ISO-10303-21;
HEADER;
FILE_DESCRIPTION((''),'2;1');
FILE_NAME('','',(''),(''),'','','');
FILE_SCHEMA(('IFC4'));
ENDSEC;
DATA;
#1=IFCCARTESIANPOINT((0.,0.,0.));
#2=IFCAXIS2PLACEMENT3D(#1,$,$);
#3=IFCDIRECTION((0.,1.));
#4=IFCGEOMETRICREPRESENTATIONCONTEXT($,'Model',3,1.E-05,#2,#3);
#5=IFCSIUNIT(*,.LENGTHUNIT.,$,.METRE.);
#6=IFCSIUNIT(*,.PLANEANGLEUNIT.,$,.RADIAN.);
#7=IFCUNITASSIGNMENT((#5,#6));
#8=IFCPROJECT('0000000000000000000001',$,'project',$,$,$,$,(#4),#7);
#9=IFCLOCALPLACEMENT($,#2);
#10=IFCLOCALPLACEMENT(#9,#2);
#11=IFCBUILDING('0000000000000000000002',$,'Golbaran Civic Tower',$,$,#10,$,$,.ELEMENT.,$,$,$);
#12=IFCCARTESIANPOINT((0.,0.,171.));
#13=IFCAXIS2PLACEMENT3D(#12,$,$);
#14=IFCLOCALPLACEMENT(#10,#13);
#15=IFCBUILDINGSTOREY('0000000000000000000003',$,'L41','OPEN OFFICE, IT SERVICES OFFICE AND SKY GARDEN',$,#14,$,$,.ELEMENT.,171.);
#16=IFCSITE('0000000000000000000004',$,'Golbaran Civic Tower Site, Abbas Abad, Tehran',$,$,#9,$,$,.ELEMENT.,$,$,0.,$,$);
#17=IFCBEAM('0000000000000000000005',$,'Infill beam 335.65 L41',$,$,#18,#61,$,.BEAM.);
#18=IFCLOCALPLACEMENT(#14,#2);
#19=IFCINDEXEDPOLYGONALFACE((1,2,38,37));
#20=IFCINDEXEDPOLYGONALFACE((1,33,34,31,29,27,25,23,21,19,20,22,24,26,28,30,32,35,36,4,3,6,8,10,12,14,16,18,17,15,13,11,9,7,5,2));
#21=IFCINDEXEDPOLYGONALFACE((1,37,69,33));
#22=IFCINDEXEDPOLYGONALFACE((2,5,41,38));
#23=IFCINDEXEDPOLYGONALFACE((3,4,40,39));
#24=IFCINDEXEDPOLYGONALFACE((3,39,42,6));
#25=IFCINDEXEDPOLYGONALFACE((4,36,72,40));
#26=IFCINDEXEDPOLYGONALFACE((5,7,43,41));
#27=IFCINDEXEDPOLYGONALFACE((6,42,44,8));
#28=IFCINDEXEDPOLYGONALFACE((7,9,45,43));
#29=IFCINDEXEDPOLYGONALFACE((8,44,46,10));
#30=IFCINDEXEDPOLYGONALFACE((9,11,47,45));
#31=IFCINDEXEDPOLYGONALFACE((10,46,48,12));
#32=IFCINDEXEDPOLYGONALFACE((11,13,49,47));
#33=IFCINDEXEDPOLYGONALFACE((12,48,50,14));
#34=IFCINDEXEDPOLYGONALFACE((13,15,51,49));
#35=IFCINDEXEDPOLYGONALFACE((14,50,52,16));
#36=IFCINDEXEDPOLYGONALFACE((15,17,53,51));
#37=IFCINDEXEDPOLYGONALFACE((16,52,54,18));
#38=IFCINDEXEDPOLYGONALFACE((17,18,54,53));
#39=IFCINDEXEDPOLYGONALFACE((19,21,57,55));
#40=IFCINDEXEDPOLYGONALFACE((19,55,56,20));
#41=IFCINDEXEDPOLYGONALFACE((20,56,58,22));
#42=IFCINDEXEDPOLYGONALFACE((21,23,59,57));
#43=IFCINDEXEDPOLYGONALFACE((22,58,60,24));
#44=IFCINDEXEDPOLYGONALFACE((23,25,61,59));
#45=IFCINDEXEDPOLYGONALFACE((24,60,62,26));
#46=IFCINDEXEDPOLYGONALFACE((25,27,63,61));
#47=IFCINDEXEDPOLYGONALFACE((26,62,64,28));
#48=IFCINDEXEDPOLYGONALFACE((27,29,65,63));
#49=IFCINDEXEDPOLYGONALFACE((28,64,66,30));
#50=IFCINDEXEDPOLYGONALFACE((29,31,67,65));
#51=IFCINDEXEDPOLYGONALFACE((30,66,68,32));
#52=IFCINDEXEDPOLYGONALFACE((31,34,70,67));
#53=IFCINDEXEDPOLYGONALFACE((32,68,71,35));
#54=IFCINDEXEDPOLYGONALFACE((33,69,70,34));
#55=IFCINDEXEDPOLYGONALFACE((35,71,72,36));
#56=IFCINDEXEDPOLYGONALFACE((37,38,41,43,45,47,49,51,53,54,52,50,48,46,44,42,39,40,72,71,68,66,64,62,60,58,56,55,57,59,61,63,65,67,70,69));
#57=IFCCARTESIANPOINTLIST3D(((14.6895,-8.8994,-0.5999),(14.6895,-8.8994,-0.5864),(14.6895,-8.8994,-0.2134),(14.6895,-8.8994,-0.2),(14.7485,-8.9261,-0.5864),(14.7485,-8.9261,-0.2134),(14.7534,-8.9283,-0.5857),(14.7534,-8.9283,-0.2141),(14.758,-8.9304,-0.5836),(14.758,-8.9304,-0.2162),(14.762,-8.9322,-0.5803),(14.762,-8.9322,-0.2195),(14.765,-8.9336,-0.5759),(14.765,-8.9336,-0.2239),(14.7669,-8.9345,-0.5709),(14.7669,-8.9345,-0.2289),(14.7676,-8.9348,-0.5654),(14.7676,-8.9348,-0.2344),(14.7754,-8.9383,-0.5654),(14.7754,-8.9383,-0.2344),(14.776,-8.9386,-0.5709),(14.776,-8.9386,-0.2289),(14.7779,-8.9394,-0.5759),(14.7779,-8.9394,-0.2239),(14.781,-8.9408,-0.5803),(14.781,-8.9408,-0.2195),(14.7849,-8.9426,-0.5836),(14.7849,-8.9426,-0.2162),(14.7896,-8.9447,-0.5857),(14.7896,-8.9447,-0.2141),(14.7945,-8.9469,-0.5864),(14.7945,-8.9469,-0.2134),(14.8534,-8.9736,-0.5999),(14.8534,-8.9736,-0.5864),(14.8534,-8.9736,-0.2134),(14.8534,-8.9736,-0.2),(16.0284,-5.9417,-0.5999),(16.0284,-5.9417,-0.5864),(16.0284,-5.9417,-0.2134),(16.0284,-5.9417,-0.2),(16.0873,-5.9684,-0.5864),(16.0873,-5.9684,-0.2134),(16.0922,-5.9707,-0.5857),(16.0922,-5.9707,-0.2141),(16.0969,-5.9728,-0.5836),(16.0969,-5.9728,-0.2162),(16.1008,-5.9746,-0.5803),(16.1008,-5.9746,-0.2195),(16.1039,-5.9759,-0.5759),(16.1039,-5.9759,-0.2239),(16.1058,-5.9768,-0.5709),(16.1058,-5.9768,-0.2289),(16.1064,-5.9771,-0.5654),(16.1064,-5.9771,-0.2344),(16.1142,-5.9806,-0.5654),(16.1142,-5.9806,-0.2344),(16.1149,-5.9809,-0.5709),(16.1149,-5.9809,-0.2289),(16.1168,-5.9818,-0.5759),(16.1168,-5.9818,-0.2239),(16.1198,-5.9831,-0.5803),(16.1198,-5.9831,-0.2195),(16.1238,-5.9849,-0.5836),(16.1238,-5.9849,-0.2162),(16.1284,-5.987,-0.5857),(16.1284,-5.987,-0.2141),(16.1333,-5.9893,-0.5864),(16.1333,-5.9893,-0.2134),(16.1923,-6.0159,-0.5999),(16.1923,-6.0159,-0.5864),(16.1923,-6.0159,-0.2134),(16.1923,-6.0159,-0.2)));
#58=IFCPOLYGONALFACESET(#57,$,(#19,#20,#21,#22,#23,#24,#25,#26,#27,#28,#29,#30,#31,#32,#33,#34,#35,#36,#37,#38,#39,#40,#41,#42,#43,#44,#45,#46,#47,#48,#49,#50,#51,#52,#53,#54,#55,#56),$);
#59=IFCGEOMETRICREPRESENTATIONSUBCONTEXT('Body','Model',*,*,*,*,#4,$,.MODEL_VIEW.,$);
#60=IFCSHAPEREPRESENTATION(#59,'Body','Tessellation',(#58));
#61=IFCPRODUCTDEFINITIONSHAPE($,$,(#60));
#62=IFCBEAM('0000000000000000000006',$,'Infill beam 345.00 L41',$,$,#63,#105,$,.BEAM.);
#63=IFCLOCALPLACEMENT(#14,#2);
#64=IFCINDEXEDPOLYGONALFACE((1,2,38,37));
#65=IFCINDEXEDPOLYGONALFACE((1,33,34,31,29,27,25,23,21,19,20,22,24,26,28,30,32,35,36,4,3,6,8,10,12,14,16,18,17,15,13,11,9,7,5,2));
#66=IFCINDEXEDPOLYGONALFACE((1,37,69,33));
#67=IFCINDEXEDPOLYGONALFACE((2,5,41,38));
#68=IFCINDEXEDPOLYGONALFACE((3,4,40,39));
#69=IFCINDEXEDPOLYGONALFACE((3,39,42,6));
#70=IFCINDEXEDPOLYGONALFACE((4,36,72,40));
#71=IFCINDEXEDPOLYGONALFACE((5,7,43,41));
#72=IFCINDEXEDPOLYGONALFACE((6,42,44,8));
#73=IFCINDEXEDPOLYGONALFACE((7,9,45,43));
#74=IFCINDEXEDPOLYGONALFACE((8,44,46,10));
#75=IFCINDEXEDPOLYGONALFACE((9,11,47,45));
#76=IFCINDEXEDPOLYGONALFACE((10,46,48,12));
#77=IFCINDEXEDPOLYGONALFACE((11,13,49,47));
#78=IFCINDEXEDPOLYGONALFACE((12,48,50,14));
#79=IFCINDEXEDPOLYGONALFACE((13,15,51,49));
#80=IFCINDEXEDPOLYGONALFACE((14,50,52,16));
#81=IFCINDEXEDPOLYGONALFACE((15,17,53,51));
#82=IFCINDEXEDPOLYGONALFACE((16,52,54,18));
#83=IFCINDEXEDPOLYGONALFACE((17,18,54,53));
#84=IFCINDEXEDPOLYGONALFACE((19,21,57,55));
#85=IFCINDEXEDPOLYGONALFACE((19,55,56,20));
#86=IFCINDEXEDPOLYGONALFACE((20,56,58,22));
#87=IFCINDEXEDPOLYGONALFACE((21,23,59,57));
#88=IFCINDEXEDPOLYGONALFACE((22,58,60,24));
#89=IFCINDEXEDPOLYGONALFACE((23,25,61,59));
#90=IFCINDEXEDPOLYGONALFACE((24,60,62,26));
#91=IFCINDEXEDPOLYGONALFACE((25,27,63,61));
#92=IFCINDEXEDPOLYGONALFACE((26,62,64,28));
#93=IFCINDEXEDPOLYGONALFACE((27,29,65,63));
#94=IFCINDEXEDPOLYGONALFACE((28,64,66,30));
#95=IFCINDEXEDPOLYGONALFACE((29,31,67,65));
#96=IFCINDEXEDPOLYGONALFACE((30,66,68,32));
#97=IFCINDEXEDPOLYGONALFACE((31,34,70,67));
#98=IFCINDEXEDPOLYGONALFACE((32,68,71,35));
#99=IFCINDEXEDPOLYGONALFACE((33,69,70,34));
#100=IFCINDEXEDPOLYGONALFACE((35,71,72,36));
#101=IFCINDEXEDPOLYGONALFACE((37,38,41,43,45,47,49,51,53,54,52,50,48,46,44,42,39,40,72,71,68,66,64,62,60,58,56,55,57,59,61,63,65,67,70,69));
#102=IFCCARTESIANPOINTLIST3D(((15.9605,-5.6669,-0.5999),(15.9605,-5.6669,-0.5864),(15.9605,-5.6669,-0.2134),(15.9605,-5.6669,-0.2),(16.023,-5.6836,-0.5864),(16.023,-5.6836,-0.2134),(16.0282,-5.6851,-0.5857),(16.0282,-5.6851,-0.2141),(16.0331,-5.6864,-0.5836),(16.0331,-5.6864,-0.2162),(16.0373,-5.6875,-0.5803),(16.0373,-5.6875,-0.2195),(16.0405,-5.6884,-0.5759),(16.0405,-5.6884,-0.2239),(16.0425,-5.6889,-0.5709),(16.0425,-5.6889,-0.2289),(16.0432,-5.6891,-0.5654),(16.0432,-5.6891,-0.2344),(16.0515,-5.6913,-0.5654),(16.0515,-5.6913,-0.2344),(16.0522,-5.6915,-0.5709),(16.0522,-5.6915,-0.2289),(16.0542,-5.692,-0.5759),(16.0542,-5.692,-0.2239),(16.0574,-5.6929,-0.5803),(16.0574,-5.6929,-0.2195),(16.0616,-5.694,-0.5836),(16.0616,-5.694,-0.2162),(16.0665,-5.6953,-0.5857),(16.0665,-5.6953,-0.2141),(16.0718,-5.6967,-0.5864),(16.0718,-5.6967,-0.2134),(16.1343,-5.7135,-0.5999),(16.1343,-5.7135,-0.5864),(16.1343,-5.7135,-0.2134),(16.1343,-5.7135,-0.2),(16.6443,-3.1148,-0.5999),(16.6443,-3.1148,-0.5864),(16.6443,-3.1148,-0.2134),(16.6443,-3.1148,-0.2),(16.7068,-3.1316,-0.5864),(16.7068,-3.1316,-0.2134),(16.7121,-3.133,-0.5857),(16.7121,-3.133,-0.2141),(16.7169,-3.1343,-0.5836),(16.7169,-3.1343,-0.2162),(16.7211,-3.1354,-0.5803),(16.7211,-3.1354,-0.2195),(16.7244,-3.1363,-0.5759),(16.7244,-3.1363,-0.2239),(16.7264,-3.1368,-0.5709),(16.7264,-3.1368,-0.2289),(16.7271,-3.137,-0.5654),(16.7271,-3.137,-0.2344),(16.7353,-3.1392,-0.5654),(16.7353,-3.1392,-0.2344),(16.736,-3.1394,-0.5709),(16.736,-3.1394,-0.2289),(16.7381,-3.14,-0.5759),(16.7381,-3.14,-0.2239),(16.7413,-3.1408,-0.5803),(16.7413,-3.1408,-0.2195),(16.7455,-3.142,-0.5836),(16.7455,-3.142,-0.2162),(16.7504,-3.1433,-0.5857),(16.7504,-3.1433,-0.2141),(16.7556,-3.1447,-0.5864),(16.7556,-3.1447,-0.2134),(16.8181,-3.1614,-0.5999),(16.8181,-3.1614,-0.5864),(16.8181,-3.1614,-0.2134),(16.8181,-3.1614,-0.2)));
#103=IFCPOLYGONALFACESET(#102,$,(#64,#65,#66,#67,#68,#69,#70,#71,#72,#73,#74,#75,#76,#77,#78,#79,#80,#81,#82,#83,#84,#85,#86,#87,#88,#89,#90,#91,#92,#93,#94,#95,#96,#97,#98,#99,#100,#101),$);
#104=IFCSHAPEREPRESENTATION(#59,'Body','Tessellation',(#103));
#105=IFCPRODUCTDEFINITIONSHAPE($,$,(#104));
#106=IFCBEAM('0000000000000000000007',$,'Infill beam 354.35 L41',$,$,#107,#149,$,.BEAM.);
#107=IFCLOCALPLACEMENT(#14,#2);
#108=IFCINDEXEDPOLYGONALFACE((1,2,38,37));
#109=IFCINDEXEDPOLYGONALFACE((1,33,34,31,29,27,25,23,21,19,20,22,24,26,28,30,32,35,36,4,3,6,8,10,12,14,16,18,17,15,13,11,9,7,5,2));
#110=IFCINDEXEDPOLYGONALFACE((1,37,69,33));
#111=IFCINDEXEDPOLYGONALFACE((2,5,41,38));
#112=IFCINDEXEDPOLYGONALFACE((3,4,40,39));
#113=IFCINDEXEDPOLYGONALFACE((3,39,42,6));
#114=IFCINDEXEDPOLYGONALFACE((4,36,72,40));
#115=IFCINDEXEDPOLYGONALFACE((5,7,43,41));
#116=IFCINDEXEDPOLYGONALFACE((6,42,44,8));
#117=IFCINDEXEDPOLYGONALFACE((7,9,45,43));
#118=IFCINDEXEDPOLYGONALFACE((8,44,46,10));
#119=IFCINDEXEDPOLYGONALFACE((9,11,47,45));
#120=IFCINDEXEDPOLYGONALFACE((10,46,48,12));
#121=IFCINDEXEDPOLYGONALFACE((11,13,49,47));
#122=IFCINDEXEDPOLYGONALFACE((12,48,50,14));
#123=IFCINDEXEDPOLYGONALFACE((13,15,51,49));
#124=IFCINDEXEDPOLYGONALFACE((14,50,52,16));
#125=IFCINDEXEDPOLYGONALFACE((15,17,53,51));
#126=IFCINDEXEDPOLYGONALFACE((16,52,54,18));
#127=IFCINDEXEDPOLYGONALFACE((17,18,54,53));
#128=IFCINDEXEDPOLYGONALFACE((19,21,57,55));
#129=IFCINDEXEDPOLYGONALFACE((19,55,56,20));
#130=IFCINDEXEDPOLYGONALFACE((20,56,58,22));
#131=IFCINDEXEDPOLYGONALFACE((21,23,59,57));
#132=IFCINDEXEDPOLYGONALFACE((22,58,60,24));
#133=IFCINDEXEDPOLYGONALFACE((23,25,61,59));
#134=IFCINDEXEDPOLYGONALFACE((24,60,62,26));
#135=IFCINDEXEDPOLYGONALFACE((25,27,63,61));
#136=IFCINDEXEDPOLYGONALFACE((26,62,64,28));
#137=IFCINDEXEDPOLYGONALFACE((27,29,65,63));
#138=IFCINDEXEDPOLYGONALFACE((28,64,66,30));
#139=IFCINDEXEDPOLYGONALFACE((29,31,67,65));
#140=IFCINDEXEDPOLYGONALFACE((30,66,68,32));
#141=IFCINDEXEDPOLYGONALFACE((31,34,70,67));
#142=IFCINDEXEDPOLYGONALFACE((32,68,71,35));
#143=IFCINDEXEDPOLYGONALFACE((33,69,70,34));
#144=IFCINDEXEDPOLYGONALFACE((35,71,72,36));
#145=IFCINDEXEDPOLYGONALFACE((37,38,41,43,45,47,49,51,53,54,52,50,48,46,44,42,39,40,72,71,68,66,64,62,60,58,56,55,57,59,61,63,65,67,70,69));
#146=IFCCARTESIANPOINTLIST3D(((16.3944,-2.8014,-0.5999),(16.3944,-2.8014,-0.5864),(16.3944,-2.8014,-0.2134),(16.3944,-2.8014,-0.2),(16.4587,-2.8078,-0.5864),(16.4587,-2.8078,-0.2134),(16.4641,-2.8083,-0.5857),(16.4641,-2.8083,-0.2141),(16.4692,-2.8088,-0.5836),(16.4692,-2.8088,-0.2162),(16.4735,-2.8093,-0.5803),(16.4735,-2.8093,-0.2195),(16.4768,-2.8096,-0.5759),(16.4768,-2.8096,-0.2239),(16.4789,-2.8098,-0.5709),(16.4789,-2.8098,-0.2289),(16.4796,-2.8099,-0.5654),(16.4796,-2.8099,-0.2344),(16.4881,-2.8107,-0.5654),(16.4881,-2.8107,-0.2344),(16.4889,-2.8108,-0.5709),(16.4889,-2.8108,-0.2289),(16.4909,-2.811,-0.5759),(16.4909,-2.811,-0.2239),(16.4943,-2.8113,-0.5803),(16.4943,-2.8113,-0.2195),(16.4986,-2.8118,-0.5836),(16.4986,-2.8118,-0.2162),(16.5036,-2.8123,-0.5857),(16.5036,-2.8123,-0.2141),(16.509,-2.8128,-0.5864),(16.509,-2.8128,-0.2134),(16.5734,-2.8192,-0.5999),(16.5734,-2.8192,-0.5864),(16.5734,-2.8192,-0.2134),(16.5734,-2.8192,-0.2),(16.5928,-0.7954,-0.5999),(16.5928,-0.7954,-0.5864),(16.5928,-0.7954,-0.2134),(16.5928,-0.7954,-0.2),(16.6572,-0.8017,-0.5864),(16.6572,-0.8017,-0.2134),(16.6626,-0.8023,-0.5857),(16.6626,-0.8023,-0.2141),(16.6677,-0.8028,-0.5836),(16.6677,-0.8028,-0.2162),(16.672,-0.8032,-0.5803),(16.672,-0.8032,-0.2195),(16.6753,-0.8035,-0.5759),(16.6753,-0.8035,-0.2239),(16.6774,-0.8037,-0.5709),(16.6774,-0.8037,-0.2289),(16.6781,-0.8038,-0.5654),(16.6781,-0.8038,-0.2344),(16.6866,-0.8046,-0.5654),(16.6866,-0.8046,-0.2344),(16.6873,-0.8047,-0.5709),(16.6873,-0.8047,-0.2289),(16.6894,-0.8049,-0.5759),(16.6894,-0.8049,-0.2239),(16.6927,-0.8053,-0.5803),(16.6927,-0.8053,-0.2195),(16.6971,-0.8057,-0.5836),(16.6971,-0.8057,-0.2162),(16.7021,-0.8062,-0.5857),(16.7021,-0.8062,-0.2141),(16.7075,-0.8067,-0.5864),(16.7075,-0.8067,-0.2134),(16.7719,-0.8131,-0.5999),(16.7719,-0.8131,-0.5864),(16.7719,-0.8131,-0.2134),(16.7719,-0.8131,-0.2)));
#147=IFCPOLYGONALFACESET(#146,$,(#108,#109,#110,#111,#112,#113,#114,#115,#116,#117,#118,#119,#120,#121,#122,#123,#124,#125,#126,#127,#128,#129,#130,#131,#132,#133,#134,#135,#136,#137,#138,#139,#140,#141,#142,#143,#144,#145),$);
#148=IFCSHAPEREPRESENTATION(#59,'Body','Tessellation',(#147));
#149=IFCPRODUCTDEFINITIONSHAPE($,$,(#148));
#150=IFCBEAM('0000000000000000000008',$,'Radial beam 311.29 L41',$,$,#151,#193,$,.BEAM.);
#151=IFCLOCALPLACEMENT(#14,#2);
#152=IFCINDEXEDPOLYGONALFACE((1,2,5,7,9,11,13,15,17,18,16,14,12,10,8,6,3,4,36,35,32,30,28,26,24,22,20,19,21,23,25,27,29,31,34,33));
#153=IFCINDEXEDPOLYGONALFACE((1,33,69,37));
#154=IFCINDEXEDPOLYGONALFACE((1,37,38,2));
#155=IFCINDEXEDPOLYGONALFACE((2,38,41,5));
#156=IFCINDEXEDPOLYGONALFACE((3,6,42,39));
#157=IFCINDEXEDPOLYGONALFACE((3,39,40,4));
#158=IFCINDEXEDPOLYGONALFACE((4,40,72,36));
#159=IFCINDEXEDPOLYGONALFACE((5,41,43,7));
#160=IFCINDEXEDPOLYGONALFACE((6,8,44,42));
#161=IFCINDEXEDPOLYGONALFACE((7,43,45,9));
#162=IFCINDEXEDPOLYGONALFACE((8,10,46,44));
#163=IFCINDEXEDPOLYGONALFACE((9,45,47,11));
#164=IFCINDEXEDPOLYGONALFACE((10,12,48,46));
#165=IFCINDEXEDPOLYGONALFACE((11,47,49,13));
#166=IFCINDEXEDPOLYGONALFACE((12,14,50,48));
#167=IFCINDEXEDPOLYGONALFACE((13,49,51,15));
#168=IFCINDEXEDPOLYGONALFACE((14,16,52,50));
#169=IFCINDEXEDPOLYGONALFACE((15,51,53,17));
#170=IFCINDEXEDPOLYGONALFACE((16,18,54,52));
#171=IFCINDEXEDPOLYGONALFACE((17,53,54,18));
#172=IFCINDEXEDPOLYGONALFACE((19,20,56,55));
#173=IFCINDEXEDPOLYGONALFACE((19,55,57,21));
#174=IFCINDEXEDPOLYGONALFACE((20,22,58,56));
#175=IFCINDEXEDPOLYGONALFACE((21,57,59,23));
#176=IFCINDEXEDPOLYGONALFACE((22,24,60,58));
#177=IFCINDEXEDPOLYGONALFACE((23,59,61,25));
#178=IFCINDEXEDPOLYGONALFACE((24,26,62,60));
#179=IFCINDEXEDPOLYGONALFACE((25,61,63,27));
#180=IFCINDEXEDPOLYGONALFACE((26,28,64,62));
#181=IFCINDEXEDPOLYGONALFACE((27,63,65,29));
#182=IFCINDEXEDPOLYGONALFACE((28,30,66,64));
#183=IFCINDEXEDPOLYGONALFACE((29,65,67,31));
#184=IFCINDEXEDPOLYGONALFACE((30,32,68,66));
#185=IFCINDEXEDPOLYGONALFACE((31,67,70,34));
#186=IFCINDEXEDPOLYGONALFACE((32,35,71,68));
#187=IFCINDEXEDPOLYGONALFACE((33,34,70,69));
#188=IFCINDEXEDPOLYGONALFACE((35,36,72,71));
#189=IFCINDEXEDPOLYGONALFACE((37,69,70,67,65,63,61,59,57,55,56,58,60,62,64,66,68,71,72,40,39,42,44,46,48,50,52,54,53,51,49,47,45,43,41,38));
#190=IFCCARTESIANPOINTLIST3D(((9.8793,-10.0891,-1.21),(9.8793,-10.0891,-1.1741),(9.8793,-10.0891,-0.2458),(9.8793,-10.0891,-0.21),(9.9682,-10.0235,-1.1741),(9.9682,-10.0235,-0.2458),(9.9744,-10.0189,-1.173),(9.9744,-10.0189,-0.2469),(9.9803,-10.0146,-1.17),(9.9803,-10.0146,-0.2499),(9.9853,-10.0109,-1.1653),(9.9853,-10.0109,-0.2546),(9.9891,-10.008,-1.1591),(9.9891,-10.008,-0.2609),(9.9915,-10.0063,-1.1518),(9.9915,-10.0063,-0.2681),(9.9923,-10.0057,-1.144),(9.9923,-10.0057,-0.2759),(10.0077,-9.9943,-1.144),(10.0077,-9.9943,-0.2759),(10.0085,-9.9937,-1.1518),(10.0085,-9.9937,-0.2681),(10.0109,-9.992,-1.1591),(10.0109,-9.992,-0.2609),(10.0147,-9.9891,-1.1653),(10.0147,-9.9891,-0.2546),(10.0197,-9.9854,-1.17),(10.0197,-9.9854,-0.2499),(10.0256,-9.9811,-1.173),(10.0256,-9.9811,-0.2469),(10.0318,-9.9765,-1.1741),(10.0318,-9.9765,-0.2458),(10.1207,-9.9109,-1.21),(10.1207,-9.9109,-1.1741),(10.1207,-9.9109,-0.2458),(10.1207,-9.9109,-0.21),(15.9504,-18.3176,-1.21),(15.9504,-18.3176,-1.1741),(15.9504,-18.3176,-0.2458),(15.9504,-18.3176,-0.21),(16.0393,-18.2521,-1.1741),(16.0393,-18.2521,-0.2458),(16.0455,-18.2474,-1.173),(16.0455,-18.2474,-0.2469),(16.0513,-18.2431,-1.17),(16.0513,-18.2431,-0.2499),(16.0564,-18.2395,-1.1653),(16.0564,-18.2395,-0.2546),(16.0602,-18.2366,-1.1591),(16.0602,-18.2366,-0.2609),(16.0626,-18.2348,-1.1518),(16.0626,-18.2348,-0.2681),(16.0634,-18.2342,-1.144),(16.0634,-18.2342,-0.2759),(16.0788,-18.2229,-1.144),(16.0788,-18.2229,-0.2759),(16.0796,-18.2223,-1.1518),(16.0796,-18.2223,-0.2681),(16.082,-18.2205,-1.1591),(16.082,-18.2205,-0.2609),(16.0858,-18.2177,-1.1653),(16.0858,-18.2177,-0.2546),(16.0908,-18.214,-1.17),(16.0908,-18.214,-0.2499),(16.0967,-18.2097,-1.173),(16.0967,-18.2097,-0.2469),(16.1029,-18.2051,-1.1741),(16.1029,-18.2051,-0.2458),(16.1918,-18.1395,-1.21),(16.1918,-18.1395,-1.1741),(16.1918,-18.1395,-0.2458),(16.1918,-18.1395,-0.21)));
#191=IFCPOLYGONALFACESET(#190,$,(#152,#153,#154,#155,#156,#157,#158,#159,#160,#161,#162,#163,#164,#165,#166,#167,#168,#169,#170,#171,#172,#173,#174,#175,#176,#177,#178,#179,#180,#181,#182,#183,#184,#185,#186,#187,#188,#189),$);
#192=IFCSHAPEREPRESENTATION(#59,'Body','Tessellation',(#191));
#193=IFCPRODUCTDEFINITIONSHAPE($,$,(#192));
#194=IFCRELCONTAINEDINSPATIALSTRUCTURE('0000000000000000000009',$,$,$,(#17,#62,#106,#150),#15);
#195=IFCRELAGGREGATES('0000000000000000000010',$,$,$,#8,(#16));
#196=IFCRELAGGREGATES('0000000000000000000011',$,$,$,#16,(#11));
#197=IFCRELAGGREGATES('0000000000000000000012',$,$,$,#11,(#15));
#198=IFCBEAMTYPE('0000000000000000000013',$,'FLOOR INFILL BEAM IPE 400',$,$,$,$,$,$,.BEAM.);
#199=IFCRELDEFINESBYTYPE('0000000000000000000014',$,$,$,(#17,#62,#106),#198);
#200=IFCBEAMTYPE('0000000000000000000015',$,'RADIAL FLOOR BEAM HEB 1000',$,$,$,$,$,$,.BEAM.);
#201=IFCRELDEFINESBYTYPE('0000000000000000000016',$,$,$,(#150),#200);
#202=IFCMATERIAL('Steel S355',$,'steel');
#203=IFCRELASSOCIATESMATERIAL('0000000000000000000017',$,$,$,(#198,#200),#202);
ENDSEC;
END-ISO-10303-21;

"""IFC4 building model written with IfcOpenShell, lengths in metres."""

from ifc_helpers import new_model, si_unit, direction, frame, origin, origin_2d, place, context, subcontext, project, spatial, i_section, extrude, material, material_profile, profile_set, type_object, element, save


model = new_model("IFC4")

# Units and contexts
model_context = context("Model", 3, precision=1e-05, world=origin(), true_north=direction((0.0, 1.0)))
body_context = subcontext(model_context, "Body", "Model", "MODEL_VIEW")
ifc_project = project(units=[si_unit("LENGTHUNIT", "METRE"), si_unit("PLANEANGLEUNIT", "RADIAN")], contexts=[model_context])

# Site, building, storey
site_placement = place(None, origin())
site = spatial("IfcSite", under=ifc_project, at=site_placement, Name="Golbaran Civic Tower Site, Abbas Abad, Tehran", CompositionType="ELEMENT", RefElevation=0.0)
building_placement = place(site_placement, origin())
building = spatial("IfcBuilding", under=site, at=building_placement, Name="Golbaran Civic Tower", CompositionType="ELEMENT")
storey_placement = place(building_placement, frame((0.0, 0.0, 171.0)))
storey = spatial("IfcBuildingStorey", under=building, at=storey_placement, Name="L41", Description="OPEN OFFICE, IT SERVICES OFFICE AND SKY GARDEN", CompositionType="ELEMENT", Elevation=171.0)

# Beams
ifc_material_1 = material(Name="Steel S355", Category="steel")
ifc_material_profile_1 = material_profile(ifc_material_1, i_section(OverallWidth=0.1799, OverallDepth=0.3999, WebThickness=0.0085, FlangeThickness=0.0134, FilletRadius=0.021, at=origin_2d()), Name="IPE 400")
ifc_profile_set_1 = profile_set([ifc_material_profile_1], Name="Steel S355")
beam_type_1 = type_object("IfcBeamType", Name="FLOOR INFILL BEAM IPE 400", PredefinedType="BEAM", material=ifc_profile_set_1)
beam_1_placement = place(storey_placement, frame((14.7715, -8.9365, -0.3999), z_axis=(0.41238, 0.911012, 0.0), x_axis=(-0.911012, 0.41238, 0.0)))
element("IfcBeam", 1, at=beam_1_placement, inside=storey, type_object=beam_type_1, Name="Infill beam 335.65 L41", PredefinedType="BEAM", context=body_context, shape_type="SweptSolid", body=[
    extrude(i_section(OverallWidth=0.1799, OverallDepth=0.3999, WebThickness=0.0085, FlangeThickness=0.0134, FilletRadius=0.021, at=origin_2d()), origin(), (0.0, 0.0, 1.0), 3.2466),
])
beam_2_placement = place(storey_placement, frame((16.0474, -5.6902, -0.3999), z_axis=(0.25883, 0.965923, 0.0), x_axis=(-0.965923, 0.25883, 0.0)))
element("IfcBeam", 2, at=beam_2_placement, inside=storey, type_object=beam_type_1, Name="Infill beam 345.00 L41", PredefinedType="BEAM", context=body_context, shape_type="SweptSolid", body=[
    extrude(i_section(OverallWidth=0.1799, OverallDepth=0.3999, WebThickness=0.0085, FlangeThickness=0.0134, FilletRadius=0.021, at=origin_2d()), origin(), (0.0, 0.0, 1.0), 2.6421),
])
beam_3_placement = place(storey_placement, frame((16.4839, -2.8103, -0.3999), z_axis=(0.09846, 0.995141, 0.0), x_axis=(-0.995141, 0.09846, 0.0)))
element("IfcBeam", 3, at=beam_3_placement, inside=storey, type_object=beam_type_1, Name="Infill beam 354.35 L41", PredefinedType="BEAM", context=body_context, shape_type="SweptSolid", body=[
    extrude(i_section(OverallWidth=0.1799, OverallDepth=0.3999, WebThickness=0.0085, FlangeThickness=0.0134, FilletRadius=0.021, at=origin_2d()), origin(), (0.0, 0.0, 1.0), 2.0159),
])
ifc_material_profile_2 = material_profile(ifc_material_1, i_section(OverallWidth=0.3, OverallDepth=1.0, WebThickness=0.019, FlangeThickness=0.0359, FilletRadius=0.03, at=origin_2d()), Name="HEB 1000")
ifc_profile_set_2 = profile_set([ifc_material_profile_2], Name="Steel S355")
beam_type_2 = type_object("IfcBeamType", Name="RADIAL FLOOR BEAM HEB 1000", PredefinedType="BEAM", material=ifc_profile_set_2)
beam_4_placement = place(storey_placement, frame((10.0, -10.0, -0.71), z_axis=(0.593701, -0.804685, 0.0), x_axis=(0.804685, 0.593701, 0.0)))
element("IfcBeam", 4, at=beam_4_placement, inside=storey, type_object=beam_type_2, Name="Radial beam 311.29 L41", PredefinedType="BEAM", context=body_context, shape_type="SweptSolid", body=[
    extrude(i_section(OverallWidth=0.3, OverallDepth=1.0, WebThickness=0.019, FlangeThickness=0.0359, FilletRadius=0.03, at=origin_2d()), origin(), (0.0, 0.0, 1.0), 10.2258),
])

save(model, "model.ifc")
